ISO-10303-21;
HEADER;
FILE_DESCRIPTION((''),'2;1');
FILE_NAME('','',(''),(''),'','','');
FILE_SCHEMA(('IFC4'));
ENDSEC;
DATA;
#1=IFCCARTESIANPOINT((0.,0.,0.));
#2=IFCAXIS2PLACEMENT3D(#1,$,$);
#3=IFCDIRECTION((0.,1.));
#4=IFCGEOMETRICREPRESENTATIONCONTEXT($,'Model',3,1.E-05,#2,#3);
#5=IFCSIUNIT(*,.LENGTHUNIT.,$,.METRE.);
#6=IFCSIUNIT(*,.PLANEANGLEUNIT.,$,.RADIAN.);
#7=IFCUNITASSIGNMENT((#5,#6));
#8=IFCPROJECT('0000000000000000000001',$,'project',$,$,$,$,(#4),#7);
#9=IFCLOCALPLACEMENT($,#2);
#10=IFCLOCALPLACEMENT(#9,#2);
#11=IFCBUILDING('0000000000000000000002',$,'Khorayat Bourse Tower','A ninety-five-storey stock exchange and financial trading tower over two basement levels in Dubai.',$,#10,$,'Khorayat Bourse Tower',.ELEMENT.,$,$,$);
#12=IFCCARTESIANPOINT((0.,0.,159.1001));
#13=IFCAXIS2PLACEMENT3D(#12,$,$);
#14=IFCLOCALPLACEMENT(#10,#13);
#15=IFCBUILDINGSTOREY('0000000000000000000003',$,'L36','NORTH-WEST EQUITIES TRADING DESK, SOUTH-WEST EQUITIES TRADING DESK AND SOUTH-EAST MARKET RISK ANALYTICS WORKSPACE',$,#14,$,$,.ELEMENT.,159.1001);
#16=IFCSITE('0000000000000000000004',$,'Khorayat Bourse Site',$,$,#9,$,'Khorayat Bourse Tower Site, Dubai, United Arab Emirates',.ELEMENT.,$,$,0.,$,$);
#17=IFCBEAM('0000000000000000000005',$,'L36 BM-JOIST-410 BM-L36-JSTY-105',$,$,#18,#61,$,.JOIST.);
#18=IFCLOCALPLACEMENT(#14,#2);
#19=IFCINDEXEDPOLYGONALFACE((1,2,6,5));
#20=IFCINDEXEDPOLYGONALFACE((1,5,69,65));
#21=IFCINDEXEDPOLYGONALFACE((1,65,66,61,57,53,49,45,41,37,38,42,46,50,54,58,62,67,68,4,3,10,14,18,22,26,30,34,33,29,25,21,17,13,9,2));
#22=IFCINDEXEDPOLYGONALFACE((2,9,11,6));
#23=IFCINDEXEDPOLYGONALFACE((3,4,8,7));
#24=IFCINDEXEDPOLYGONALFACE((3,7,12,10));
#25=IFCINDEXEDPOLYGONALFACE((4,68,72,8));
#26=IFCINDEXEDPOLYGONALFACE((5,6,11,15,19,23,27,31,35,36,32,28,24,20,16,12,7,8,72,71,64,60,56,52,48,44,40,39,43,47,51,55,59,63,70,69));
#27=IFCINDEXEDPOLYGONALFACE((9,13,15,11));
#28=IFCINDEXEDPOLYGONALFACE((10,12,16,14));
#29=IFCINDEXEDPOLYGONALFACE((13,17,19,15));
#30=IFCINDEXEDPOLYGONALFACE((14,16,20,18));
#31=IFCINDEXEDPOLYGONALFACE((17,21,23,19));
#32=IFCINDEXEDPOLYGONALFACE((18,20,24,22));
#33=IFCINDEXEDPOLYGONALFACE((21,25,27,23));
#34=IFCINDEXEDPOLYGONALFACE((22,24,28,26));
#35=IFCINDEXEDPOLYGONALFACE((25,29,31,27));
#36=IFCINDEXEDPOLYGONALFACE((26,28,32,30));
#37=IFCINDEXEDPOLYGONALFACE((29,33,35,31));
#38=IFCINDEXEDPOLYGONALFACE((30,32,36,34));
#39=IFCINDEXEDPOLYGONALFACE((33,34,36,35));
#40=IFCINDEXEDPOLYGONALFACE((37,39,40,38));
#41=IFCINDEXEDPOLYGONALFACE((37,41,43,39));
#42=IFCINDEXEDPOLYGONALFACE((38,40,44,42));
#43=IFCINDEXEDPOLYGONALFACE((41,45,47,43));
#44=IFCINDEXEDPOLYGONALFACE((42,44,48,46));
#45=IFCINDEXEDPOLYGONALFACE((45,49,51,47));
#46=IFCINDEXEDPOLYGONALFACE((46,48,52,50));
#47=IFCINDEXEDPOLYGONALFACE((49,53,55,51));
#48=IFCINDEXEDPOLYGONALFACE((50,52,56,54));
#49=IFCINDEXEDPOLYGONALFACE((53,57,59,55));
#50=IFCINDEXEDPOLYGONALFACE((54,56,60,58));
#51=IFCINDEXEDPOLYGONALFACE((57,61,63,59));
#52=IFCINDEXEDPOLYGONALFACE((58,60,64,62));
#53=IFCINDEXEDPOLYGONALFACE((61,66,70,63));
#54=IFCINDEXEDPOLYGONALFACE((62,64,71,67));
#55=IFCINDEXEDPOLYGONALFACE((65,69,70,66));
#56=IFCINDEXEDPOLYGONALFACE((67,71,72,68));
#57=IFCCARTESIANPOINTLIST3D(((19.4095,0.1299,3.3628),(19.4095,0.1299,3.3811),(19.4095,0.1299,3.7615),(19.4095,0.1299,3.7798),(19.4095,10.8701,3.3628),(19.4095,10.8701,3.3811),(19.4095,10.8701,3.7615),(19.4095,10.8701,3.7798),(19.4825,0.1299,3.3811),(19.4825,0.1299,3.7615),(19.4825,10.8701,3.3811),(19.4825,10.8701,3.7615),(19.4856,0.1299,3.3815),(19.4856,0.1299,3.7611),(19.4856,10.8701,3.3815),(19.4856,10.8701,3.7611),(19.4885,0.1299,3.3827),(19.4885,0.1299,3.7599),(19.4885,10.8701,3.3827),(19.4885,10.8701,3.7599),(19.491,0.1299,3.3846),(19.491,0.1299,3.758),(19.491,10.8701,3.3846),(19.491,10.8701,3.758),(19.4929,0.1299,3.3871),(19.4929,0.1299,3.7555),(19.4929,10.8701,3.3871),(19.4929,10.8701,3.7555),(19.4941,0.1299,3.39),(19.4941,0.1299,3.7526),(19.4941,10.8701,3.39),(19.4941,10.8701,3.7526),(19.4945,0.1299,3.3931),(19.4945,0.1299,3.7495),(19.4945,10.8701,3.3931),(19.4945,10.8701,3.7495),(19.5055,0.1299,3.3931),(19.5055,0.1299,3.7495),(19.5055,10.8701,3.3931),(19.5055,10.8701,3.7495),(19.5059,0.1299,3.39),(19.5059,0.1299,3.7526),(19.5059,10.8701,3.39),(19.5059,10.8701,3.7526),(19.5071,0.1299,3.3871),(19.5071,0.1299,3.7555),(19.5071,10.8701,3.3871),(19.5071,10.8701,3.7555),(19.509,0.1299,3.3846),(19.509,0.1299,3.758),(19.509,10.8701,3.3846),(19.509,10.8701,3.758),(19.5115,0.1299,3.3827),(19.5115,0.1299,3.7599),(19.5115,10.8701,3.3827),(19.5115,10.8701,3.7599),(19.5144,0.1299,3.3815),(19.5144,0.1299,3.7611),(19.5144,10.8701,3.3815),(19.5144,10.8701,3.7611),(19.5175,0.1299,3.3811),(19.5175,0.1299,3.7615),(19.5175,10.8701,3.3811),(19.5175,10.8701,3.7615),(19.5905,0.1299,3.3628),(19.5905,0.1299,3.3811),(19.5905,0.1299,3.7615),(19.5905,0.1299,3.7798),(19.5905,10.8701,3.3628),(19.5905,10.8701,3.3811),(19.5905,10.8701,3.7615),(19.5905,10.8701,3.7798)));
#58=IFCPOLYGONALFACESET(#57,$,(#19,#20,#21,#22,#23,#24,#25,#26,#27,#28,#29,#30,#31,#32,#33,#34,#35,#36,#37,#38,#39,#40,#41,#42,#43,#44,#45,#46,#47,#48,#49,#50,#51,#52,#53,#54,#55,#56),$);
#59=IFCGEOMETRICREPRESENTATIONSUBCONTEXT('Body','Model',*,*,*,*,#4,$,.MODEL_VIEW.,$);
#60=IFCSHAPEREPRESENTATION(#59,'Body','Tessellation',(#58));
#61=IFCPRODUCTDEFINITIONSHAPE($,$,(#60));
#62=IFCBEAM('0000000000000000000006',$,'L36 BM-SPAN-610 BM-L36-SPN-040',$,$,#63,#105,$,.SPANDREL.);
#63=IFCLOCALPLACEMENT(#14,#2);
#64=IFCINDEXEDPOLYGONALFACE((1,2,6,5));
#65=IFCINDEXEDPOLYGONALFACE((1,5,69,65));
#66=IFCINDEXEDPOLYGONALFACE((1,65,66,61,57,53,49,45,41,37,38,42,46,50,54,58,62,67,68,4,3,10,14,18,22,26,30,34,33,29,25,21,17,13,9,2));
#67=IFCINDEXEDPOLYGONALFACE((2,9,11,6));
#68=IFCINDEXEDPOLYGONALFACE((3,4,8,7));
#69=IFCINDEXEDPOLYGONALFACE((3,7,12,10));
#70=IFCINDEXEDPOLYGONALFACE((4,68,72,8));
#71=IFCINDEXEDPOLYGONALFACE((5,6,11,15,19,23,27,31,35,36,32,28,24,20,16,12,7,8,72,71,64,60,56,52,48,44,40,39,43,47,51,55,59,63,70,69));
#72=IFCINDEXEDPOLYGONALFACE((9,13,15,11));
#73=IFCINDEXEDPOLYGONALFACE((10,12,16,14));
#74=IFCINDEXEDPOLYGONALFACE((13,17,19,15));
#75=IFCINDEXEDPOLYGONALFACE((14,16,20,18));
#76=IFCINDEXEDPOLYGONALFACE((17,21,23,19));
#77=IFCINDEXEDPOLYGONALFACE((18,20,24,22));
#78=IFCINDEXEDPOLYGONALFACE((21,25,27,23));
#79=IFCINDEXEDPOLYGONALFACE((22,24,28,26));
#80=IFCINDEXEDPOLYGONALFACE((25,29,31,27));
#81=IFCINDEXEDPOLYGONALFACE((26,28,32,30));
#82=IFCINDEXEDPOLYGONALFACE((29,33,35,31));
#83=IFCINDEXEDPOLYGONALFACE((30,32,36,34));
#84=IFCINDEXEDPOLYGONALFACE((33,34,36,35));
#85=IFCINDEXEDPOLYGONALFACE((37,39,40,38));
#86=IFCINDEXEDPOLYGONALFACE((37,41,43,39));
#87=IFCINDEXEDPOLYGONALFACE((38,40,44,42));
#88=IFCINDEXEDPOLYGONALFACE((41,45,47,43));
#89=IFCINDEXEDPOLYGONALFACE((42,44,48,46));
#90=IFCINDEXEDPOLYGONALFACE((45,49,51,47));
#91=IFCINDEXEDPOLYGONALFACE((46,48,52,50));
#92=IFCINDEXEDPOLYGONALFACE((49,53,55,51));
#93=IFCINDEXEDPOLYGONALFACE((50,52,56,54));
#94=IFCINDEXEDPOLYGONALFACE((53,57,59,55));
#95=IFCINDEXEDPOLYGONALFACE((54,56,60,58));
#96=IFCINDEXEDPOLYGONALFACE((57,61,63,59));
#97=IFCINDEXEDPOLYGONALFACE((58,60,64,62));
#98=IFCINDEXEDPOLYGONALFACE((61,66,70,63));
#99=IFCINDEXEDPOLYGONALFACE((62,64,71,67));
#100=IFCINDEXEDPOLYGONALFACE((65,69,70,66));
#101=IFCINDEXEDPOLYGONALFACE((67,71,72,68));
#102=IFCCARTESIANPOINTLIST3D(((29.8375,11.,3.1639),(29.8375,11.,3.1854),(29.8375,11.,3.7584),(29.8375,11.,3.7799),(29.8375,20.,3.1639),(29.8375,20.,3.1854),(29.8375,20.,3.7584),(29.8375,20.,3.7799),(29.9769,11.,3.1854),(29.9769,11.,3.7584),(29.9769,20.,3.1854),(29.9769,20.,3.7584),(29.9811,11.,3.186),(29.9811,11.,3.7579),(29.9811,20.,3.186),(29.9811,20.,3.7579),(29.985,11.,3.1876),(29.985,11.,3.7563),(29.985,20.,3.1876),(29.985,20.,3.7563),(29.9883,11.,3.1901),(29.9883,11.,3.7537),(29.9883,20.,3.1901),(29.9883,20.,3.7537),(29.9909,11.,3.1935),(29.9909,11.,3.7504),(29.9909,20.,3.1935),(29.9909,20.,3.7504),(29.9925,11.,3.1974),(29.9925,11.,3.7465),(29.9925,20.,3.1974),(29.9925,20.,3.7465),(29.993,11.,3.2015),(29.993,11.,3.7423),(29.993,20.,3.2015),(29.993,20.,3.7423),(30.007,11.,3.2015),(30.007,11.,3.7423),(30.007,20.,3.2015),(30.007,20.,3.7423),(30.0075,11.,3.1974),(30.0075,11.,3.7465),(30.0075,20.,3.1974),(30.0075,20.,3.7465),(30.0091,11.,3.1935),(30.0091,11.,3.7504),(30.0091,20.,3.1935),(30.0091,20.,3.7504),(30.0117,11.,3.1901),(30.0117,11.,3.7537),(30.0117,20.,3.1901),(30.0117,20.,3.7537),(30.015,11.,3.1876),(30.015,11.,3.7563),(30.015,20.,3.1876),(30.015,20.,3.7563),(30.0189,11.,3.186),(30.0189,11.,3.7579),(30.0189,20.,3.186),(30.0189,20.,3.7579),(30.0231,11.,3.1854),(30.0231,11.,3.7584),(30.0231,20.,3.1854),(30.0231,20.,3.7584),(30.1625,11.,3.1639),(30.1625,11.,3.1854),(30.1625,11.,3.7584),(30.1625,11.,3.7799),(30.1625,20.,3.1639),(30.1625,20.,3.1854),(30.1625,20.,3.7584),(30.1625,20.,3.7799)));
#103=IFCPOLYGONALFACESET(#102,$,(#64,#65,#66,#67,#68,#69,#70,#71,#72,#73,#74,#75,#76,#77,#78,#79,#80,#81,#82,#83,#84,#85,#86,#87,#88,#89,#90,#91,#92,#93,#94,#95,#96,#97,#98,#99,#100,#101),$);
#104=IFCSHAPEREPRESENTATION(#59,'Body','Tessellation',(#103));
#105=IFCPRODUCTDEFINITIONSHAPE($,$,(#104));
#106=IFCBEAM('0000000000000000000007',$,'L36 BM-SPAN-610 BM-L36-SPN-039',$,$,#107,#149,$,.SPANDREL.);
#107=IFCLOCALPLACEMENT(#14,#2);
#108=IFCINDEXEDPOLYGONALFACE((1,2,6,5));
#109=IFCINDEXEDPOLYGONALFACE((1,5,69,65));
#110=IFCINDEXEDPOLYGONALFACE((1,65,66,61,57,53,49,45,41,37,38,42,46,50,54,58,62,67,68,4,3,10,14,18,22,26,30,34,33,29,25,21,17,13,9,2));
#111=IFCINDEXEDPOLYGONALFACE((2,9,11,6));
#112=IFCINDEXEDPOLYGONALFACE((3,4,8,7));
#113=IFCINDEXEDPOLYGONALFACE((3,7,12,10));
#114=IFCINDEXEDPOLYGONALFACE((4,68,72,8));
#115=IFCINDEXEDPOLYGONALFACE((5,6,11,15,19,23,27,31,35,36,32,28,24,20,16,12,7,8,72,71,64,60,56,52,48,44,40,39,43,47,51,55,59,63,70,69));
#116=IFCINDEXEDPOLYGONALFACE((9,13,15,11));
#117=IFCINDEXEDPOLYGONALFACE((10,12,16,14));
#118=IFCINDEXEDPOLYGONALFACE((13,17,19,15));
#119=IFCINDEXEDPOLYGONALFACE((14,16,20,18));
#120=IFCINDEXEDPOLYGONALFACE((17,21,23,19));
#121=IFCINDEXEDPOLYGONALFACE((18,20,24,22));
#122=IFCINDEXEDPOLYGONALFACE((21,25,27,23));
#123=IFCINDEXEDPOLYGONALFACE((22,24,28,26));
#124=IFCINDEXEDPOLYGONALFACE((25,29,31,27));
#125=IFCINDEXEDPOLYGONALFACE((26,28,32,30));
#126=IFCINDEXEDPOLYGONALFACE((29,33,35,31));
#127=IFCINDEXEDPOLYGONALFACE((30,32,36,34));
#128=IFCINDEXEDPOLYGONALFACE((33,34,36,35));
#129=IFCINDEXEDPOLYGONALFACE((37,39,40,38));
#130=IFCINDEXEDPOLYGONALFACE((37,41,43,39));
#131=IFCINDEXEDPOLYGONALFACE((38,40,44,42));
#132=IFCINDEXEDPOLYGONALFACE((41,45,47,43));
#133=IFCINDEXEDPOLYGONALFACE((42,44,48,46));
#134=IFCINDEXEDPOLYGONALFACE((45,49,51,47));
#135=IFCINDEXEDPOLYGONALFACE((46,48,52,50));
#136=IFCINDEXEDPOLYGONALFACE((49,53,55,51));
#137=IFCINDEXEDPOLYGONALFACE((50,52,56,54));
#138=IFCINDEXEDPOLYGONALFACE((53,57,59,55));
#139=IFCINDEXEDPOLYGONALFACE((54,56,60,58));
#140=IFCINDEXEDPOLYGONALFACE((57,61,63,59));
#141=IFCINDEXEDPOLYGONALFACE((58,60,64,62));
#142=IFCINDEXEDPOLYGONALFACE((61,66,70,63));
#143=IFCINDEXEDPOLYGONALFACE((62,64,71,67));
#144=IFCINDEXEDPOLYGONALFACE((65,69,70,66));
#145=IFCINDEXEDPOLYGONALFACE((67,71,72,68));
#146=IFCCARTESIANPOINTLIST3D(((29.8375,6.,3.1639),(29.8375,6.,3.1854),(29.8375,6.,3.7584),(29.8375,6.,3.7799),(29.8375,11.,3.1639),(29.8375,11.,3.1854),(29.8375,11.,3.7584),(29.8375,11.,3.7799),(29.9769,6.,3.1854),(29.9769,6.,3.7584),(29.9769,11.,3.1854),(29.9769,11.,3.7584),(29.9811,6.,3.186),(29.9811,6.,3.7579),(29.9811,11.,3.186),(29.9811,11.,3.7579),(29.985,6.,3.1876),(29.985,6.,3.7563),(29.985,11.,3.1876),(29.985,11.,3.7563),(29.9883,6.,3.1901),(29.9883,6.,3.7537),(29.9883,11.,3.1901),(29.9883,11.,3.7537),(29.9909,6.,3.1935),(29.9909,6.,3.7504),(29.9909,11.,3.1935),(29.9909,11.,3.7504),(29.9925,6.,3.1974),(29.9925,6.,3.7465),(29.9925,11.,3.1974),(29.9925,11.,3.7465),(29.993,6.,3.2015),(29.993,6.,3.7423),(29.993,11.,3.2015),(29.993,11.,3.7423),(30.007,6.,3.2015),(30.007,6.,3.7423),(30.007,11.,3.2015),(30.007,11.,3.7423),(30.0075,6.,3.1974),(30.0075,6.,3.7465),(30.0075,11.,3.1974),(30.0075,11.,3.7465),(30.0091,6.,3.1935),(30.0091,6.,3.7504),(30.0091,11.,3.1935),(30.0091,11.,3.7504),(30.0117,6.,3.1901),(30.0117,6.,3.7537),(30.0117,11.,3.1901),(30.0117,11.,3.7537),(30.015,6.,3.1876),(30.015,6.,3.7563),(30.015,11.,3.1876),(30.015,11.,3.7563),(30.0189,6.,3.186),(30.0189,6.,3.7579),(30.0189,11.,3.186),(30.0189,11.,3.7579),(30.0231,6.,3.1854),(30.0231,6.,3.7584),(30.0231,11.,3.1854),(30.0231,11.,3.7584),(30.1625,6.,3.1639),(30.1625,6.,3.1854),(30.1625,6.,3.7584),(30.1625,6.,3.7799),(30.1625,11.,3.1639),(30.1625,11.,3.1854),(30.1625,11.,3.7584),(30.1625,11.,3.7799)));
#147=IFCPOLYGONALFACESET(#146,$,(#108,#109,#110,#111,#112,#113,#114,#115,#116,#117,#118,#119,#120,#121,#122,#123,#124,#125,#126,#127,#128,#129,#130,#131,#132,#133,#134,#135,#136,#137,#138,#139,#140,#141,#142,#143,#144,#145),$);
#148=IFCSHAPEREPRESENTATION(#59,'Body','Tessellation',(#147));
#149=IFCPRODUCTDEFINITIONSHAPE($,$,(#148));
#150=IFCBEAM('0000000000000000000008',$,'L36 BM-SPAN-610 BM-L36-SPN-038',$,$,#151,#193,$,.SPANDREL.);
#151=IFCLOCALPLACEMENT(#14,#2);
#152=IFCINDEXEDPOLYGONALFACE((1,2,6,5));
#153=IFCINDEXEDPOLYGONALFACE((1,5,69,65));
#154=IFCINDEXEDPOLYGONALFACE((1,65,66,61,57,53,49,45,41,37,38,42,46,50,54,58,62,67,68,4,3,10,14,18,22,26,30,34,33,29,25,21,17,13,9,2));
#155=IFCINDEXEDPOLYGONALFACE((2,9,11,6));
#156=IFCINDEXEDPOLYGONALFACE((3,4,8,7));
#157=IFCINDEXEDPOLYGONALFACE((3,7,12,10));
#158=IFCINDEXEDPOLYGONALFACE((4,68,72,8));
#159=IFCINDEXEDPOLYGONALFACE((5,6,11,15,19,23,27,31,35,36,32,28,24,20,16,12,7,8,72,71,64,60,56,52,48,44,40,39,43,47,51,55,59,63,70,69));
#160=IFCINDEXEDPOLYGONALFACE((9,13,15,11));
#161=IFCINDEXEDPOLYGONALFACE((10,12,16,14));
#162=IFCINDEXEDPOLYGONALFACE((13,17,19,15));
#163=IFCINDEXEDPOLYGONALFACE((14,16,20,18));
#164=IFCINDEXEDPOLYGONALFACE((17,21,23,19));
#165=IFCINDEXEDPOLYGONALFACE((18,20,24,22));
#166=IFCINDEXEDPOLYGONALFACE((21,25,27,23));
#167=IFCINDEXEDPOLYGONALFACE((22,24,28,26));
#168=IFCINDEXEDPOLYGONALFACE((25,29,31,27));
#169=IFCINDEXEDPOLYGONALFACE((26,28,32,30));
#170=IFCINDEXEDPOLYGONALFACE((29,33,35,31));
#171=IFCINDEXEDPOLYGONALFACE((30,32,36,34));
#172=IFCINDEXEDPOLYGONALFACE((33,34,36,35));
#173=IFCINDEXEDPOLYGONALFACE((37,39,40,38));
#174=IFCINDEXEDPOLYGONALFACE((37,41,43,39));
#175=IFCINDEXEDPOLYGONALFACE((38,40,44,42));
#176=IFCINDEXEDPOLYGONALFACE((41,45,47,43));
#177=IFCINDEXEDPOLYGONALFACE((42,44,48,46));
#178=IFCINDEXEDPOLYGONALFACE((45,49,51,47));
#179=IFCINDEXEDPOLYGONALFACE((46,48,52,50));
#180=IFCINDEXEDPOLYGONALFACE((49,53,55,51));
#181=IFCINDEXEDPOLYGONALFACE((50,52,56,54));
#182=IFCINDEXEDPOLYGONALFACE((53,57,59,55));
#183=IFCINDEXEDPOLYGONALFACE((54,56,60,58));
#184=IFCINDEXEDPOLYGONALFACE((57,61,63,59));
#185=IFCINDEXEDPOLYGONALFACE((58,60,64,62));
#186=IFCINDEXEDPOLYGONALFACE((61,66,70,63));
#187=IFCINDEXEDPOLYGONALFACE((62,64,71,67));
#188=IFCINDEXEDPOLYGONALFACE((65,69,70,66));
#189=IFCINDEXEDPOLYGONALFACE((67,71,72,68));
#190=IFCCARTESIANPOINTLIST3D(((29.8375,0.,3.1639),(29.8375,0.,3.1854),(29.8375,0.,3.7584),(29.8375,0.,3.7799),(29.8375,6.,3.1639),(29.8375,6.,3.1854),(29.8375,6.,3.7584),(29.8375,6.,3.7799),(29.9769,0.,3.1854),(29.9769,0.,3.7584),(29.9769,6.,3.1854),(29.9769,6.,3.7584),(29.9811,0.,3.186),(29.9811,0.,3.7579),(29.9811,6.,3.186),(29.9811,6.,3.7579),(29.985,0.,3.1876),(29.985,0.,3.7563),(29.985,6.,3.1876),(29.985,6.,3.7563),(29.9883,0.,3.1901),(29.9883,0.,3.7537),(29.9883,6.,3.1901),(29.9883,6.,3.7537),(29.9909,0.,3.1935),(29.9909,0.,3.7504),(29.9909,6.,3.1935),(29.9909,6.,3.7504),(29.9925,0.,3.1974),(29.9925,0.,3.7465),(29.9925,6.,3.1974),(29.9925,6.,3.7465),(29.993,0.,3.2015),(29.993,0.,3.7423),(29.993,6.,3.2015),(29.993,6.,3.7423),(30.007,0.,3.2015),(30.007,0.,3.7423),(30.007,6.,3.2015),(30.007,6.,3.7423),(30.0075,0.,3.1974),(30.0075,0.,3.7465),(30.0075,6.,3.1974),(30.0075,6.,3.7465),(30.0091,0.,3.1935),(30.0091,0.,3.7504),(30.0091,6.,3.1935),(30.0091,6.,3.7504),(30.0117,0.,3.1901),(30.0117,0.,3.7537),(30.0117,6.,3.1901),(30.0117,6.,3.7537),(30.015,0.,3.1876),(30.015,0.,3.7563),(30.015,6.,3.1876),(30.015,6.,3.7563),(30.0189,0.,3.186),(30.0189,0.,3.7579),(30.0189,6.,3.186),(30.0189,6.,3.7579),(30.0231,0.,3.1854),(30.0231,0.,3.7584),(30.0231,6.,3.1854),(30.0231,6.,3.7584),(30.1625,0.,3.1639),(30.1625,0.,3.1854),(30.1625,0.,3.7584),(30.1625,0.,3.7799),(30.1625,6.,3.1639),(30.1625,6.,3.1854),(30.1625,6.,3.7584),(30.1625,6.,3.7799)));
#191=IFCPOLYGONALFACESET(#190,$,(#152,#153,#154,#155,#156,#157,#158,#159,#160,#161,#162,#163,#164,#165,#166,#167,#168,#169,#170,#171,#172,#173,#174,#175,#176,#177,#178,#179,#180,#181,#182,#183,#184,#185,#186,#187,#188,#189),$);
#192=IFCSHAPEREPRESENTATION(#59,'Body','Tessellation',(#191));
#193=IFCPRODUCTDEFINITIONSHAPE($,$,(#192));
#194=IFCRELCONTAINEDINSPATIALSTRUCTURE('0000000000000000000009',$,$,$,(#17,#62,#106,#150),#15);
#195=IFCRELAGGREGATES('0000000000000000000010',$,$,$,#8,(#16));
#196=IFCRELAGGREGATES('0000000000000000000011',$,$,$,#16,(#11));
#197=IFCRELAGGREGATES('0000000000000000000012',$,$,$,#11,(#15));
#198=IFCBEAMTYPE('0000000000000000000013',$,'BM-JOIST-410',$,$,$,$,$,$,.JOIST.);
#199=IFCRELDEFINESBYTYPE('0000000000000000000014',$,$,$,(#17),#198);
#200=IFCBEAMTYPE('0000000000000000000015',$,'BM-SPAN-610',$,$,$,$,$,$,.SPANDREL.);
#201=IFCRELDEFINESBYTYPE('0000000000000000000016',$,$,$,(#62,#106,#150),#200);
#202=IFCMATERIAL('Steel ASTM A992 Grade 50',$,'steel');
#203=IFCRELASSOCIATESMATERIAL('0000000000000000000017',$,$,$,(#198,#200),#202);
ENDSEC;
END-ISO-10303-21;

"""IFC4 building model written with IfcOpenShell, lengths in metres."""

from ifc_helpers import new_model, si_unit, direction, frame, origin, origin_2d, place, context, subcontext, project, spatial, i_section, extrude, source, transform, mapped, material, material_profile, profile_set, type_object, element, save


model = new_model("IFC4")

# Units and contexts
model_context = context("Model", 3, precision=1e-05, world=origin(), true_north=direction((0.0, 1.0)))
body_context = subcontext(model_context, "Body", "Model", "MODEL_VIEW")
ifc_project = project(units=[si_unit("LENGTHUNIT", "METRE"), si_unit("PLANEANGLEUNIT", "RADIAN")], contexts=[model_context])

# Site, building, storey
site_placement = place(None, origin())
site = spatial("IfcSite", under=ifc_project, at=site_placement, Name="Khorayat Bourse Site", LongName="Khorayat Bourse Tower Site, Dubai, United Arab Emirates", CompositionType="ELEMENT", RefElevation=0.0)
building_placement = place(site_placement, origin())
building = spatial("IfcBuilding", under=site, at=building_placement, Name="Khorayat Bourse Tower", Description="A ninety-five-storey stock exchange and financial trading tower over two basement levels in Dubai.", LongName="Khorayat Bourse Tower", CompositionType="ELEMENT")
storey_placement = place(building_placement, frame((0.0, 0.0, 159.1001)))
storey = spatial("IfcBuildingStorey", under=building, at=storey_placement, Name="L36", Description="NORTH-WEST EQUITIES TRADING DESK, SOUTH-WEST EQUITIES TRADING DESK AND SOUTH-EAST MARKET RISK ANALYTICS WORKSPACE", CompositionType="ELEMENT", Elevation=159.1001)

# Beams
ifc_material_1 = material(Name="Steel ASTM A992 Grade 50", Category="steel")
ifc_material_profile_1 = material_profile(ifc_material_1, i_section(OverallWidth=0.1809, OverallDepth=0.417, WebThickness=0.011, FlangeThickness=0.0183, FilletRadius=0.012, at=origin_2d()), Name="W410X85")
ifc_profile_set_1 = profile_set([ifc_material_profile_1], Name="Steel ASTM A992 Grade 50")
beam_type_1 = type_object("IfcBeamType", Name="BM-JOIST-410", PredefinedType="JOIST", material=ifc_profile_set_1)
shared_shape_1 = source(origin(), body_context, "Body", "SweptSolid", [
    extrude(i_section(OverallWidth=0.1809, OverallDepth=0.417, WebThickness=0.011, FlangeThickness=0.0183, FilletRadius=0.012, at=origin_2d()), origin(), (0.0, 0.0, 1.0), 10.7402),
])
beam_1_placement = place(storey_placement, frame((19.5, 0.1299, 3.5713), z_axis=(0.0, 1.0, 0.0), x_axis=(-1.0, 0.0, 0.0)))
element("IfcBeam", 1, at=beam_1_placement, inside=storey, type_object=beam_type_1, Name="L36 BM-JOIST-410 BM-L36-JSTY-105", PredefinedType="JOIST", context=body_context, shape_type="MappedRepresentation", body=[
    mapped(shared_shape_1, transform((0.0, 0.0, 0.0), scale=1.0)),
])
ifc_material_profile_2 = material_profile(ifc_material_1, i_section(OverallWidth=0.325, OverallDepth=0.616, WebThickness=0.0139, FlangeThickness=0.0215, FilletRadius=0.0161, at=origin_2d()), Name="W610X174")
ifc_profile_set_2 = profile_set([ifc_material_profile_2], Name="Steel ASTM A992 Grade 50")
beam_type_2 = type_object("IfcBeamType", Name="BM-SPAN-610", PredefinedType="SPANDREL", material=ifc_profile_set_2)
shared_shape_2 = source(origin(), body_context, "Body", "SweptSolid", [
    extrude(i_section(OverallWidth=0.325, OverallDepth=0.616, WebThickness=0.0139, FlangeThickness=0.0215, FilletRadius=0.0161, at=origin_2d()), origin(), (0.0, 0.0, 1.0), 9.0),
])
beam_2_placement = place(storey_placement, frame((30.0, 11.0, 3.4719), z_axis=(0.0, 1.0, 0.0), x_axis=(-1.0, 0.0, 0.0)))
element("IfcBeam", 2, at=beam_2_placement, inside=storey, type_object=beam_type_2, Name="L36 BM-SPAN-610 BM-L36-SPN-040", PredefinedType="SPANDREL", context=body_context, shape_type="MappedRepresentation", body=[
    mapped(shared_shape_2, transform((0.0, 0.0, 0.0), scale=1.0)),
])
shared_shape_3 = source(origin(), body_context, "Body", "SweptSolid", [
    extrude(i_section(OverallWidth=0.325, OverallDepth=0.616, WebThickness=0.0139, FlangeThickness=0.0215, FilletRadius=0.0161, at=origin_2d()), origin(), (0.0, 0.0, 1.0), 5.0),
])
beam_3_placement = place(storey_placement, frame((30.0, 6.0, 3.4719), z_axis=(0.0, 1.0, 0.0), x_axis=(-1.0, 0.0, 0.0)))
element("IfcBeam", 3, at=beam_3_placement, inside=storey, type_object=beam_type_2, Name="L36 BM-SPAN-610 BM-L36-SPN-039", PredefinedType="SPANDREL", context=body_context, shape_type="MappedRepresentation", body=[
    mapped(shared_shape_3, transform((0.0, 0.0, 0.0), scale=1.0)),
])
shared_shape_4 = source(origin(), body_context, "Body", "SweptSolid", [
    extrude(i_section(OverallWidth=0.325, OverallDepth=0.616, WebThickness=0.0139, FlangeThickness=0.0215, FilletRadius=0.0161, at=origin_2d()), origin(), (0.0, 0.0, 1.0), 6.0),
])
beam_4_placement = place(storey_placement, frame((30.0, 0.0, 3.4719), z_axis=(0.0, 1.0, 0.0), x_axis=(-1.0, 0.0, 0.0)))
element("IfcBeam", 4, at=beam_4_placement, inside=storey, type_object=beam_type_2, Name="L36 BM-SPAN-610 BM-L36-SPN-038", PredefinedType="SPANDREL", context=body_context, shape_type="MappedRepresentation", body=[
    mapped(shared_shape_4, transform((0.0, 0.0, 0.0), scale=1.0)),
])

save(model, "model.ifc")
